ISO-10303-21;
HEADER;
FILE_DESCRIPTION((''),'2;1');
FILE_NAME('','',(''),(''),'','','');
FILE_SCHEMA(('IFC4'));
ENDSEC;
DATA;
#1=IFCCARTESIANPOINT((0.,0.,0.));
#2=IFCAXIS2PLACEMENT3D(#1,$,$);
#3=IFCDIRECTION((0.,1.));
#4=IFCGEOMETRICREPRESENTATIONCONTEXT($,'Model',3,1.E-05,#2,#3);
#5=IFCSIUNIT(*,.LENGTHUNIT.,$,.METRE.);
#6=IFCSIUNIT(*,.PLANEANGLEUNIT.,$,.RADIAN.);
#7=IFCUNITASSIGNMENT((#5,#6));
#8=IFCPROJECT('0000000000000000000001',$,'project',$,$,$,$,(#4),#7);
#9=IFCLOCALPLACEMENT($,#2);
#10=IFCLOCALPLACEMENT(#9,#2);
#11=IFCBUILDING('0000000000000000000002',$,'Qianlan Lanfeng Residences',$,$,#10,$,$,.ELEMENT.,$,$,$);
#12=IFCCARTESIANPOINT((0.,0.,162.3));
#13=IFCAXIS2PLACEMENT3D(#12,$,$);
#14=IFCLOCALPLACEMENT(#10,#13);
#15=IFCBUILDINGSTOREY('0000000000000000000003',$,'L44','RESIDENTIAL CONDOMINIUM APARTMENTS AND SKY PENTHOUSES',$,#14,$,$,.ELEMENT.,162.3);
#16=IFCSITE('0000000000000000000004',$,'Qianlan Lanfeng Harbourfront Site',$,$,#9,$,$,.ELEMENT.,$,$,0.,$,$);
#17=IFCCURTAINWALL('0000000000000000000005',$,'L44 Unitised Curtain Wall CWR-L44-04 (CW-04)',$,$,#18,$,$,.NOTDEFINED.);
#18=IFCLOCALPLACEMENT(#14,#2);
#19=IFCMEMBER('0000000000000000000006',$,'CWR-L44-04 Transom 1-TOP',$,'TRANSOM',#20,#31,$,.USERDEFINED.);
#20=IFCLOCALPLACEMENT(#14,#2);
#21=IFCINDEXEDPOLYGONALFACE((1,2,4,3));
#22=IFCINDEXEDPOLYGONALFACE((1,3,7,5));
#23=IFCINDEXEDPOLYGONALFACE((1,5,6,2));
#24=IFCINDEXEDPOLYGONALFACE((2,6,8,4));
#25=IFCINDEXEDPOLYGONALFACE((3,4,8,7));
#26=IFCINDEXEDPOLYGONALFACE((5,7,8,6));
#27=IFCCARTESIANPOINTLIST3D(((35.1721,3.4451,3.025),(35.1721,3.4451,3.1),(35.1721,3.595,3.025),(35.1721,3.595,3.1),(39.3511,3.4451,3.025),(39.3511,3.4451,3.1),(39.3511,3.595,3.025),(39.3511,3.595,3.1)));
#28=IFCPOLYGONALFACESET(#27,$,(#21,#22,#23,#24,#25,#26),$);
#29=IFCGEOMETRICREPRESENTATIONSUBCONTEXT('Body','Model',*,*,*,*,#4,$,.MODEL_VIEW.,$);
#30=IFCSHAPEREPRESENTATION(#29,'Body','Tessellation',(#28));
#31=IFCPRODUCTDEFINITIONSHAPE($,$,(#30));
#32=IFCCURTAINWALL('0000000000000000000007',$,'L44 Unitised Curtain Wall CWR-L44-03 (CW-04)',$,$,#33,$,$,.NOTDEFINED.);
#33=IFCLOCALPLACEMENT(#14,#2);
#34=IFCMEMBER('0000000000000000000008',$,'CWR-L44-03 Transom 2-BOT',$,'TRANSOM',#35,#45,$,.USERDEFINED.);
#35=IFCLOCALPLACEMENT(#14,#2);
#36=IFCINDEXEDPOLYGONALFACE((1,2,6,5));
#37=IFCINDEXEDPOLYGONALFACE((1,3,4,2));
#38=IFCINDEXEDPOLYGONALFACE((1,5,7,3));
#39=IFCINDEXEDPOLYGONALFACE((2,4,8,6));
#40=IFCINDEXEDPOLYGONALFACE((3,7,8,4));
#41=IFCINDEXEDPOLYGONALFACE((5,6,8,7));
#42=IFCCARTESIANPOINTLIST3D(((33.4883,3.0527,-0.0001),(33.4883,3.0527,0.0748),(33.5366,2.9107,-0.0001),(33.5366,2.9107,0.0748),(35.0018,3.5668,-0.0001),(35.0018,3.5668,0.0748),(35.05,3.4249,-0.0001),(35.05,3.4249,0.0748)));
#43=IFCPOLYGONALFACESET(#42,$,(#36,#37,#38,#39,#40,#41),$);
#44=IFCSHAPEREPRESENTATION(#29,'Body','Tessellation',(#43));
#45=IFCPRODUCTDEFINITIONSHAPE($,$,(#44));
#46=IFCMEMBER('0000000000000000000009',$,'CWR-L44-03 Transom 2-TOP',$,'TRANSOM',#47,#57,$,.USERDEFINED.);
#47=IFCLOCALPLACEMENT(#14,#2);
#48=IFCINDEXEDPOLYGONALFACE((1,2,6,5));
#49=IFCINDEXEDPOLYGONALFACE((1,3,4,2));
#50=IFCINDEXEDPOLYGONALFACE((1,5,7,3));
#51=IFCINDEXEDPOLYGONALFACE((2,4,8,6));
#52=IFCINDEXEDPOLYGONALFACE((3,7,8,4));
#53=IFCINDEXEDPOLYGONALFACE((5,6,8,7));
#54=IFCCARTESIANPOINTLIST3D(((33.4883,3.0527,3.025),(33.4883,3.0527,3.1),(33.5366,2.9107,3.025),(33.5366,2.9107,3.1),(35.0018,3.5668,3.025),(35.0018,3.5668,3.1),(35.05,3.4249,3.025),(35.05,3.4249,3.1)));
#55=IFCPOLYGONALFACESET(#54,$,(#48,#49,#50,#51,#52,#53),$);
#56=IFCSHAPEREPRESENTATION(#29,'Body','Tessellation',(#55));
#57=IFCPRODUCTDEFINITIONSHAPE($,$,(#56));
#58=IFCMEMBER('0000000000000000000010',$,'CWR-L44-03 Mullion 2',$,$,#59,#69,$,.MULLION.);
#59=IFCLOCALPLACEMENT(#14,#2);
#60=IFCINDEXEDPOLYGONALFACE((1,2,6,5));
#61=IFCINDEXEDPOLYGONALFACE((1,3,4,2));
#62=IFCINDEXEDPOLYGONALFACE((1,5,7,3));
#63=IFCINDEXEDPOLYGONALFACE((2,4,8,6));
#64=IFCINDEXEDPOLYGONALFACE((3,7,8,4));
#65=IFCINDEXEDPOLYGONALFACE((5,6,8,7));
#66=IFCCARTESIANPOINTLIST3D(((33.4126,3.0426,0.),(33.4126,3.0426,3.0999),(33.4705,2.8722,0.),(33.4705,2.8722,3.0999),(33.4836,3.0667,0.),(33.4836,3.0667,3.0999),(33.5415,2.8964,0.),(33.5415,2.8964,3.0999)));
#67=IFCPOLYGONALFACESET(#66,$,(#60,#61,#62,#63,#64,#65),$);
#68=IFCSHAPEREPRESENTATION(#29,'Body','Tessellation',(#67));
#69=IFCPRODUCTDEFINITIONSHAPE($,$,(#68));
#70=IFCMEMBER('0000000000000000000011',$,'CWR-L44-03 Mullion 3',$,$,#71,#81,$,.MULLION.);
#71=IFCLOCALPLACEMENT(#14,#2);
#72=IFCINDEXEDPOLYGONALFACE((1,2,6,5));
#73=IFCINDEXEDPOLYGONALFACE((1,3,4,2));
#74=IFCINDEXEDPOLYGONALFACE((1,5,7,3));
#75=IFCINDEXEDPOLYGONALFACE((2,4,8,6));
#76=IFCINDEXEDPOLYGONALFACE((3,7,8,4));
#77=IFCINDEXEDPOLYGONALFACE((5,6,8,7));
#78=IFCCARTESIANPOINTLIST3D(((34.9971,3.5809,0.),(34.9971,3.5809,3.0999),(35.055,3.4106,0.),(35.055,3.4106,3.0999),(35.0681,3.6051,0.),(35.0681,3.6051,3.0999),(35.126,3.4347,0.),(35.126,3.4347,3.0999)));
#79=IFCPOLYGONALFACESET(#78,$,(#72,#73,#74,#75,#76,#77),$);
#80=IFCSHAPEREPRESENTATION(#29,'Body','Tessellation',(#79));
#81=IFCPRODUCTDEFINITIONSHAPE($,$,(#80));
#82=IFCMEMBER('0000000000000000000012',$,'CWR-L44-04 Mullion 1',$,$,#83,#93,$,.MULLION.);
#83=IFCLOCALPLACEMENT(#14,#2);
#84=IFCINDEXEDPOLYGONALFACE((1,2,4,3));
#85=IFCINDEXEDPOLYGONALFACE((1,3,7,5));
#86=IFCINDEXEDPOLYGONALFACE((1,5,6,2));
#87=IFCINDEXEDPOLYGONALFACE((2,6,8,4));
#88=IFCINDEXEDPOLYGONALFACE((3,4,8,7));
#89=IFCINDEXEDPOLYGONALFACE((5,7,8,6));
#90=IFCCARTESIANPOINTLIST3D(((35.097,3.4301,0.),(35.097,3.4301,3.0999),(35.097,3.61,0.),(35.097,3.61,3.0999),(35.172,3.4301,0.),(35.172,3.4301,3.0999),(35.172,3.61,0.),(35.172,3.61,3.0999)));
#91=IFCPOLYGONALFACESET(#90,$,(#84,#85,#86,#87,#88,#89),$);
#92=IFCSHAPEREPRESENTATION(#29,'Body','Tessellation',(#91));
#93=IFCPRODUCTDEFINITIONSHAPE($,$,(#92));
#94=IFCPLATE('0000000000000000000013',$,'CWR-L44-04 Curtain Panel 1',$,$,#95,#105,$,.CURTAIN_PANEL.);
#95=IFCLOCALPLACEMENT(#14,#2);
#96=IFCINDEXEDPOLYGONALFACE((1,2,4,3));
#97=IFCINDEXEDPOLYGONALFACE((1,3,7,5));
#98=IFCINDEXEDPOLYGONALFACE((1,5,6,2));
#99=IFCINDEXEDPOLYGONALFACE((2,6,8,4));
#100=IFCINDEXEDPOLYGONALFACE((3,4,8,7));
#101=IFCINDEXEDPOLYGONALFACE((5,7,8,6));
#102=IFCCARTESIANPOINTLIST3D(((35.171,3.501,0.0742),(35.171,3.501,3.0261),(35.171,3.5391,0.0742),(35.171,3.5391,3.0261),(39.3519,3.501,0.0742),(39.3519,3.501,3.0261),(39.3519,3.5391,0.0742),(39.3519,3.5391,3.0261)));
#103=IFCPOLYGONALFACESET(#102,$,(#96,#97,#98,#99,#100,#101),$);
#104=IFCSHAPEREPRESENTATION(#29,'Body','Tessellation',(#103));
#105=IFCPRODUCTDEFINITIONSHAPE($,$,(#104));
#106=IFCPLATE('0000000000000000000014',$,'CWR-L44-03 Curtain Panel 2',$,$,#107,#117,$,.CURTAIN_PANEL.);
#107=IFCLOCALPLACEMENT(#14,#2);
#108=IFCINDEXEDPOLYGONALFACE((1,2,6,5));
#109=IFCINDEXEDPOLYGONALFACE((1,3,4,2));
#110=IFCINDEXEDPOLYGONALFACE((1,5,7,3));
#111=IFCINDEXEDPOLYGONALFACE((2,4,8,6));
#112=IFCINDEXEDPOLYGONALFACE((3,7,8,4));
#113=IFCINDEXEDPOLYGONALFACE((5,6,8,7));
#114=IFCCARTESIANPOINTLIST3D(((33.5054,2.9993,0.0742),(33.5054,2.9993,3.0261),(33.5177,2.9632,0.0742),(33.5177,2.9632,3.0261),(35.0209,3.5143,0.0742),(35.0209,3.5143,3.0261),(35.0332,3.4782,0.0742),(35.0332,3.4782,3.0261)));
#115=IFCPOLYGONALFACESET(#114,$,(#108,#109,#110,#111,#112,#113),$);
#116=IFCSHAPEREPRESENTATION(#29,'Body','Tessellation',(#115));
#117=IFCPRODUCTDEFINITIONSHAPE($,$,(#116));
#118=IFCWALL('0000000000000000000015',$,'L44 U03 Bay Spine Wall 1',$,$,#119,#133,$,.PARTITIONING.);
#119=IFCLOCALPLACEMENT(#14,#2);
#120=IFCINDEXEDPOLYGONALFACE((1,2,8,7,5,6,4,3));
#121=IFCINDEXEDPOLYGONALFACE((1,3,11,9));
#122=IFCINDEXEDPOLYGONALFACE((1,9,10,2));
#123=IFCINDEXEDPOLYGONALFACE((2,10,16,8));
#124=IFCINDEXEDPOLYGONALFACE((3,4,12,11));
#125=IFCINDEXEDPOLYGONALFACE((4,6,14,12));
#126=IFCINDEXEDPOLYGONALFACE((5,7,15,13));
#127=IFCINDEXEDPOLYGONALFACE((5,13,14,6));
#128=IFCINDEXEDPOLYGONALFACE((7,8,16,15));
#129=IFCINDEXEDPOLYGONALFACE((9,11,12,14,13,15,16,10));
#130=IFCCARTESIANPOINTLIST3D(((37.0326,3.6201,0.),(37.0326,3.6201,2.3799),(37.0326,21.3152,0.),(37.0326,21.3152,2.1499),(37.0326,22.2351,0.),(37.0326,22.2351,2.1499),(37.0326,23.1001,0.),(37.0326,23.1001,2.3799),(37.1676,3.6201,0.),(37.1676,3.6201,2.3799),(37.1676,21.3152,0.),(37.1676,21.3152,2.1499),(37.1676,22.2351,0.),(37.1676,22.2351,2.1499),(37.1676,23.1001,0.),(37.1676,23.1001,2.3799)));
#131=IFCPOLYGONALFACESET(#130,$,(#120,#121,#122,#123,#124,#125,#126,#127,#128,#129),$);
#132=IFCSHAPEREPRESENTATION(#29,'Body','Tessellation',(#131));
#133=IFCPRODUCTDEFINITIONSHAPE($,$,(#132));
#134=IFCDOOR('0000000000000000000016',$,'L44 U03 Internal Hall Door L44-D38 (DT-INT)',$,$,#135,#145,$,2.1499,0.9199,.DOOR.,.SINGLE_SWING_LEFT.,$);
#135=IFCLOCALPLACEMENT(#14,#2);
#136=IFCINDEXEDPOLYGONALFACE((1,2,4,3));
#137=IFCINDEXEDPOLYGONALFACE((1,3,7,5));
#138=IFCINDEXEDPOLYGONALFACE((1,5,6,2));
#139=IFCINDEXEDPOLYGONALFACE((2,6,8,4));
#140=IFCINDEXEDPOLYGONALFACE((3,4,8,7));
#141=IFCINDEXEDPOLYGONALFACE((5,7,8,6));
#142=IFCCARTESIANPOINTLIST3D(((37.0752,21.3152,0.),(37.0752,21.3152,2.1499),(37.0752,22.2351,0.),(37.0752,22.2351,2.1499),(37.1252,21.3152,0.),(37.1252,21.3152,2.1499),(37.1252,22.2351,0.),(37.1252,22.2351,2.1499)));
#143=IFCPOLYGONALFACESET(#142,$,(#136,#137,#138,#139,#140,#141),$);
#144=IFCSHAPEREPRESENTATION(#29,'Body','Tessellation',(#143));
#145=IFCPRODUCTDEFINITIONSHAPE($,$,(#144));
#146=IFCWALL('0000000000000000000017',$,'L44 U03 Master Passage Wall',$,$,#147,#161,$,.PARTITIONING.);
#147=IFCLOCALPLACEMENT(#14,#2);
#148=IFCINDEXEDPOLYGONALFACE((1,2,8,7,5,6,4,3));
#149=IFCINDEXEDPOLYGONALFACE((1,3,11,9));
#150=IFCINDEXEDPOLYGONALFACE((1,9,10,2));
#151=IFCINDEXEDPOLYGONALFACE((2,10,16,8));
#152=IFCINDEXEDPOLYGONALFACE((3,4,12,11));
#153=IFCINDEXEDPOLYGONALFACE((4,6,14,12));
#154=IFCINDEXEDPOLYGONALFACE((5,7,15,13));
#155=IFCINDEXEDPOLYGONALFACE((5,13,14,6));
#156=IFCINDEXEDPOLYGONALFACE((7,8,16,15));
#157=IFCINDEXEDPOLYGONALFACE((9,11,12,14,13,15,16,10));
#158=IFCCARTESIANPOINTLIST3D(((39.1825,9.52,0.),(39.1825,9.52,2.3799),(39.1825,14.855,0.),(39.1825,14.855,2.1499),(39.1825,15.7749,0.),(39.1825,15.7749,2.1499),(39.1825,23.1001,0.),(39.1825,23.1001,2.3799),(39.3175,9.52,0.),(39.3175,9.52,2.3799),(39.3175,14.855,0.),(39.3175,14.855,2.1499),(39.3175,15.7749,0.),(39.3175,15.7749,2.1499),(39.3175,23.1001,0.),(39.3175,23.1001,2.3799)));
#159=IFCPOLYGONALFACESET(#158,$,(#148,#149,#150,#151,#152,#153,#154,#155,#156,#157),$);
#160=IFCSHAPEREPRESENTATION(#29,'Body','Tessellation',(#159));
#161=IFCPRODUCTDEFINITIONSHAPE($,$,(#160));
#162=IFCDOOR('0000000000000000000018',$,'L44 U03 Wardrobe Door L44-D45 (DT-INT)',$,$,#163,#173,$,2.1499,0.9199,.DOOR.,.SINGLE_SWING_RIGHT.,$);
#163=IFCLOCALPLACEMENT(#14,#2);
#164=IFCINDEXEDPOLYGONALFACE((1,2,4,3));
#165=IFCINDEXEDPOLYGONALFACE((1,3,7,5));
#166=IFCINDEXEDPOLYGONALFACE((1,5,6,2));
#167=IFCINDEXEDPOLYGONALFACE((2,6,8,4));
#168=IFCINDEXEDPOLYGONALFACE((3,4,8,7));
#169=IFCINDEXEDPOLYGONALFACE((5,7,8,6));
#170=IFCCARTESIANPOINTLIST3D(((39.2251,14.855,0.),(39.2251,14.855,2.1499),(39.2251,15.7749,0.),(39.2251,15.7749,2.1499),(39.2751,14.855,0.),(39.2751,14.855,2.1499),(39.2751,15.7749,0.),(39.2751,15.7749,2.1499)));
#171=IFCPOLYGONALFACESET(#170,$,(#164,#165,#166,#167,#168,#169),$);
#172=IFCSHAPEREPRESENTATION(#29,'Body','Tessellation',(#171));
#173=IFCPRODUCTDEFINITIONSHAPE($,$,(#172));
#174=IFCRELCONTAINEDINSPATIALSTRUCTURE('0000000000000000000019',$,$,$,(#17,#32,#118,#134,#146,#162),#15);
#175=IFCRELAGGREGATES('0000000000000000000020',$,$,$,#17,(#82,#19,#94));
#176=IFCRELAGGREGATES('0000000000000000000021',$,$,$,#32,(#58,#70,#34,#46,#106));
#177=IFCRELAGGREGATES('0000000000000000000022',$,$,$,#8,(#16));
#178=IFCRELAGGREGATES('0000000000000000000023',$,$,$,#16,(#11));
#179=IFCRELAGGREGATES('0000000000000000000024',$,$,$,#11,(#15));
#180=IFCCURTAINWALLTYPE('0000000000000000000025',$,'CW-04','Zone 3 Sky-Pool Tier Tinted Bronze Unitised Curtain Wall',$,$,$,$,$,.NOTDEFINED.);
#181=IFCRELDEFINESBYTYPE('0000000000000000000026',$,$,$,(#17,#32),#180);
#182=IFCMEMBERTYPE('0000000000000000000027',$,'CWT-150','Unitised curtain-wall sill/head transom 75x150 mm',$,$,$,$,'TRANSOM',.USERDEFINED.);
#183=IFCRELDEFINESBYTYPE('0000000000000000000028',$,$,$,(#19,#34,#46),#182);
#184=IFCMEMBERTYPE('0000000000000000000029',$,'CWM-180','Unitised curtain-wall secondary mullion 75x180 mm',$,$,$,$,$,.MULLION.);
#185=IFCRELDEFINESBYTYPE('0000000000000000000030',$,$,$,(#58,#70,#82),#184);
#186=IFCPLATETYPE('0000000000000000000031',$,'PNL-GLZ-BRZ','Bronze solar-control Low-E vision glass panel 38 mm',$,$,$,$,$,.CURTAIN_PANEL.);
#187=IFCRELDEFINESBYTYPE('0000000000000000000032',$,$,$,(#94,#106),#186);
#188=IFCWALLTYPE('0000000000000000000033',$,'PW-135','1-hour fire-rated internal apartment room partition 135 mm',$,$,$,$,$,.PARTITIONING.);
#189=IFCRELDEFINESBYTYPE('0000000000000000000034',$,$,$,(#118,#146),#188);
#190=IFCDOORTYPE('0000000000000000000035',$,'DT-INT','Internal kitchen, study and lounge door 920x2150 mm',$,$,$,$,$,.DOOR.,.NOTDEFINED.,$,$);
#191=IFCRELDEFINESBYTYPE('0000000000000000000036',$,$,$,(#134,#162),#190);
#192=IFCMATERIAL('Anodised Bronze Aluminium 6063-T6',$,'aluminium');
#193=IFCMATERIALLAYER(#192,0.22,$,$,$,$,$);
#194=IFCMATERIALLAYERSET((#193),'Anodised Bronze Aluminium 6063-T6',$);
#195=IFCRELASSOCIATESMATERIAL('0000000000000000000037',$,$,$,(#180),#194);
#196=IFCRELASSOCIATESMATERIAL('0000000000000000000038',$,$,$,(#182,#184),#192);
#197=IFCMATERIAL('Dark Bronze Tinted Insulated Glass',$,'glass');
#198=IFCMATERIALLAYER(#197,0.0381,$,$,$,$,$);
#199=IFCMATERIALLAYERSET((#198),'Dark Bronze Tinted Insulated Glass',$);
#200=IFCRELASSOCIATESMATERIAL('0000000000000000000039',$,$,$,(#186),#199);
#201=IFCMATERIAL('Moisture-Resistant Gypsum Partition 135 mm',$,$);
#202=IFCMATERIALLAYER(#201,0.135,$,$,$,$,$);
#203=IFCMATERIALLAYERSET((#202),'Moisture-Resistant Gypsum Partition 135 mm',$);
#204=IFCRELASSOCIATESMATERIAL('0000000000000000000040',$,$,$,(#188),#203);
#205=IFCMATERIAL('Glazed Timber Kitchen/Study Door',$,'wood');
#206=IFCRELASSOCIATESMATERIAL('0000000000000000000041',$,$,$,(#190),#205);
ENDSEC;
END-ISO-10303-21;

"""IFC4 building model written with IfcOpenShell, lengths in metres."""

from ifc_helpers import new_model, si_unit, direction, frame, frame_2d, origin, origin_2d, place, context, subcontext, project, spatial, rectangle, extrude, source, transform, mapped, material, layer, layer_set, material_profile, profile_set, type_object, element, fill, aggregate, save


model = new_model("IFC4")

# Units and contexts
model_context = context("Model", 3, precision=1e-05, world=origin(), true_north=direction((0.0, 1.0)))
body_context = subcontext(model_context, "Body", "Model", "MODEL_VIEW")
ifc_project = project(units=[si_unit("LENGTHUNIT", "METRE"), si_unit("PLANEANGLEUNIT", "RADIAN")], contexts=[model_context])

# Site, building, storey
site_placement = place(None, origin())
site = spatial("IfcSite", under=ifc_project, at=site_placement, Name="Qianlan Lanfeng Harbourfront Site", CompositionType="ELEMENT", RefElevation=0.0)
building_placement = place(site_placement, origin())
building = spatial("IfcBuilding", under=site, at=building_placement, Name="Qianlan Lanfeng Residences", CompositionType="ELEMENT")
storey_placement = place(building_placement, frame((0.0, 0.0, 162.3)))
storey = spatial("IfcBuildingStorey", under=building, at=storey_placement, Name="L44", Description="RESIDENTIAL CONDOMINIUM APARTMENTS AND SKY PENTHOUSES", CompositionType="ELEMENT", Elevation=162.3)

# Curtain walls, members
ifc_material_1 = material(Name="Anodised Bronze Aluminium 6063-T6", Category="aluminium")
ifc_layer_1 = layer(ifc_material_1, 0.22)
ifc_layer_set_1 = layer_set([ifc_layer_1], Name="Anodised Bronze Aluminium 6063-T6")
curtain_wall_type = type_object("IfcCurtainWallType", Name="CW-04", Description="Zone 3 Sky-Pool Tier Tinted Bronze Unitised Curtain Wall", PredefinedType="NOTDEFINED", material=ifc_layer_set_1)
curtain_wall_1_placement = place(storey_placement, origin())
curtain_wall_1 = element("IfcCurtainWall", 1, at=curtain_wall_1_placement, inside=storey, type_object=curtain_wall_type, Name="L44 Unitised Curtain Wall CWR-L44-04 (CW-04)", PredefinedType="NOTDEFINED")
ifc_material_profile_1 = material_profile(ifc_material_1, rectangle(XDim=0.075, YDim=0.1499, at=origin_2d()), Name="ALU TRANSOM 75x150")
ifc_profile_set_1 = profile_set([ifc_material_profile_1], Name="Anodised Bronze Aluminium 6063-T6")
member_type_1 = type_object("IfcMemberType", Name="CWT-150", Description="Unitised curtain-wall sill/head transom 75x150 mm", ElementType="TRANSOM", PredefinedType="USERDEFINED", material=ifc_profile_set_1)
shared_shape_1 = source(origin(), body_context, "Body", "SweptSolid", [
    extrude(rectangle(XDim=0.075, YDim=0.1499, at=origin_2d()), origin(), (0.0, 0.0, 1.0), 4.179),
])
member_1_placement = place(storey_placement, frame((35.1721, 3.52, 3.0625), z_axis=(1.0, 0.0, 0.0), x_axis=(0.0, 0.0, 1.0)))
member_1 = element("IfcMember", 2, at=member_1_placement, type_object=member_type_1, Name="CWR-L44-04 Transom 1-TOP", ObjectType="TRANSOM", PredefinedType="USERDEFINED", context=body_context, shape_type="MappedRepresentation", body=[
    mapped(shared_shape_1, transform((0.0, 0.0, 0.0), scale=1.0)),
])
curtain_wall_2_placement = place(storey_placement, origin())
curtain_wall_2 = element("IfcCurtainWall", 3, at=curtain_wall_2_placement, inside=storey, type_object=curtain_wall_type, Name="L44 Unitised Curtain Wall CWR-L44-03 (CW-04)", PredefinedType="NOTDEFINED")
shared_shape_2 = source(origin(), body_context, "Body", "SweptSolid", [
    extrude(rectangle(XDim=0.075, YDim=0.1499, at=origin_2d()), origin(), (0.0, 0.0, 1.0), 1.5984),
])
member_2_placement = place(storey_placement, frame((33.5125, 2.9817, 0.0374), z_axis=(0.94685, 0.321675, 0.0), x_axis=(0.0, 0.0, 1.0)))
member_2 = element("IfcMember", 4, at=member_2_placement, type_object=member_type_1, Name="CWR-L44-03 Transom 2-BOT", ObjectType="TRANSOM", PredefinedType="USERDEFINED", context=body_context, shape_type="MappedRepresentation", body=[
    mapped(shared_shape_2, transform((0.0, 0.0, 0.0), scale=1.0)),
])
member_3_placement = place(storey_placement, frame((33.5125, 2.9817, 3.0625), z_axis=(0.94685, 0.321675, 0.0), x_axis=(0.0, 0.0, 1.0)))
member_3 = element("IfcMember", 5, at=member_3_placement, type_object=member_type_1, Name="CWR-L44-03 Transom 2-TOP", ObjectType="TRANSOM", PredefinedType="USERDEFINED", context=body_context, shape_type="MappedRepresentation", body=[
    mapped(shared_shape_2, transform((0.0, 0.0, 0.0), scale=1.0)),
])
ifc_material_profile_2 = material_profile(ifc_material_1, rectangle(XDim=0.075, YDim=0.1799, at=origin_2d()), Name="ALU MULLION 75x180")
ifc_profile_set_2 = profile_set([ifc_material_profile_2], Name="Anodised Bronze Aluminium 6063-T6")
member_type_2 = type_object("IfcMemberType", Name="CWM-180", Description="Unitised curtain-wall secondary mullion 75x180 mm", PredefinedType="MULLION", material=ifc_profile_set_2)
shared_shape_3 = source(origin(), body_context, "Body", "SweptSolid", [
    extrude(rectangle(XDim=0.075, YDim=0.1799, at=origin_2d()), origin(), (0.0, 0.0, 1.0), 3.0999),
])
member_4_placement = place(storey_placement, frame((33.4771, 2.9695, 0.0), z_axis=(0.0, 0.0, 1.0), x_axis=(0.946826, 0.321745, 0.0)))
member_4 = element("IfcMember", 6, at=member_4_placement, type_object=member_type_2, Name="CWR-L44-03 Mullion 2", PredefinedType="MULLION", context=body_context, shape_type="MappedRepresentation", body=[
    mapped(shared_shape_3, transform((0.0, 0.0, 0.0), scale=1.0)),
])
member_5_placement = place(storey_placement, frame((35.0615, 3.5078, 0.0), z_axis=(0.0, 0.0, 1.0), x_axis=(0.946826, 0.321745, 0.0)))
member_5 = element("IfcMember", 7, at=member_5_placement, type_object=member_type_2, Name="CWR-L44-03 Mullion 3", PredefinedType="MULLION", context=body_context, shape_type="MappedRepresentation", body=[
    mapped(shared_shape_3, transform((0.0, 0.0, 0.0), scale=1.0)),
])

# Member
member_6_placement = place(storey_placement, frame((35.1345, 3.52, 0.0), z_axis=(0.0, 0.0, 1.0), x_axis=(1.0, 0.0, 0.0)))
member_6 = element("IfcMember", 8, at=member_6_placement, type_object=member_type_2, Name="CWR-L44-04 Mullion 1", PredefinedType="MULLION", context=body_context, shape_type="MappedRepresentation", body=[
    mapped(shared_shape_3, transform((0.0, 0.0, 0.0), scale=1.0)),
])

# Plates
ifc_material_2 = material(Name="Dark Bronze Tinted Insulated Glass", Category="glass")
ifc_layer_2 = layer(ifc_material_2, 0.0381)
ifc_layer_set_2 = layer_set([ifc_layer_2], Name="Dark Bronze Tinted Insulated Glass")
plate_type = type_object("IfcPlateType", Name="PNL-GLZ-BRZ", Description="Bronze solar-control Low-E vision glass panel 38 mm", PredefinedType="CURTAIN_PANEL", material=ifc_layer_set_2)
shared_shape_4 = source(origin(), body_context, "Body", "SweptSolid", [
    extrude(rectangle(XDim=4.1809, YDim=0.0381, at=origin_2d()), origin(), (0.0, 0.0, 1.0), 2.9519),
])
plate_1_placement = place(storey_placement, frame((37.2615, 3.52, 0.0742), z_axis=(0.0, 0.0, 1.0), x_axis=(1.0, 0.0, 0.0)))
plate_1 = element("IfcPlate", 9, at=plate_1_placement, type_object=plate_type, Name="CWR-L44-04 Curtain Panel 1", PredefinedType="CURTAIN_PANEL", context=body_context, shape_type="MappedRepresentation", body=[
    mapped(shared_shape_4, transform((0.0, 0.0, 0.0), scale=1.0)),
])
aggregate(curtain_wall_1, [member_6, member_1, plate_1])
shared_shape_5 = source(origin(), body_context, "Body", "SweptSolid", [
    extrude(rectangle(XDim=1.6006, YDim=0.0381, at=origin_2d()), origin(), (0.0, 0.0, 1.0), 2.9519),
])
plate_2_placement = place(storey_placement, frame((34.2693, 3.2388, 0.0742), z_axis=(0.0, 0.0, 1.0), x_axis=(0.946826, 0.321745, 0.0)))
plate_2 = element("IfcPlate", 10, at=plate_2_placement, type_object=plate_type, Name="CWR-L44-03 Curtain Panel 2", PredefinedType="CURTAIN_PANEL", context=body_context, shape_type="MappedRepresentation", body=[
    mapped(shared_shape_5, transform((0.0, 0.0, 0.0), scale=1.0)),
])
aggregate(curtain_wall_2, [member_4, member_5, member_2, member_3, plate_2])

# Wall, opening, door
ifc_material_3 = material(Name="Moisture-Resistant Gypsum Partition 135 mm")
ifc_layer_3 = layer(ifc_material_3, 0.135)
ifc_layer_set_3 = layer_set([ifc_layer_3], Name="Moisture-Resistant Gypsum Partition 135 mm")
wall_type = type_object("IfcWallType", Name="PW-135", Description="1-hour fire-rated internal apartment room partition 135 mm", PredefinedType="PARTITIONING", material=ifc_layer_set_3)
wall_1_placement = place(storey_placement, frame((37.1001, 3.6201, 0.0), z_axis=(0.0, 0.0, 1.0), x_axis=(0.0, 1.0, 0.0)))
wall_1 = element("IfcWall", 11, at=wall_1_placement, inside=storey, type_object=wall_type, Name="L44 U03 Bay Spine Wall 1", PredefinedType="PARTITIONING", context=body_context, shape_type="SweptSolid", body=[
    extrude(rectangle(XDim=19.48, YDim=0.135, at=frame_2d((9.74, 0.0))), origin(), (0.0, 0.0, 1.0), 2.3799),
])
opening_1_placement = place(wall_1_placement, frame((17.6951, 0.0, 0.0)))
opening_1 = element("IfcOpeningElement", 12, at=opening_1_placement, cuts=wall_1, PredefinedType="OPENING", context=body_context, shape_type="SweptSolid", body=[
    extrude(rectangle(XDim=0.9199, YDim=2.1499, at=frame_2d((0.46, 1.075))), frame((0.0, 0.0776, 0.0), z_axis=(0.0, -1.0, 0.0), x_axis=(1.0, 0.0, 0.0)), (0.0, 0.0, 1.0), 0.155),
])
ifc_material_4 = material(Name="Glazed Timber Kitchen/Study Door", Category="wood")
door_type_1 = type_object("IfcDoorType", Name="DT-INT", Description="Internal kitchen, study and lounge door 920x2150 mm", OperationType="NOTDEFINED", PredefinedType="DOOR", material=ifc_material_4)
door_1_placement = place(opening_1_placement, origin())
door_1 = element("IfcDoor", 13, at=door_1_placement, inside=storey, type_object=door_type_1, Name="L44 U03 Internal Hall Door L44-D38 (DT-INT)", OperationType="SINGLE_SWING_LEFT", OverallHeight=2.1499, OverallWidth=0.9199, PredefinedType="DOOR", context=body_context, shape_type="SweptSolid", body=[
    extrude(rectangle(XDim=0.9199, YDim=2.1499, at=frame_2d((0.46, 1.075))), frame((0.0, 0.0249, 0.0), z_axis=(0.0, -1.0, 0.0), x_axis=(1.0, 0.0, 0.0)), (0.0, 0.0, 1.0), 0.05),
])
fill(opening_1, door_1)

# Wall, opening, door
wall_2_placement = place(storey_placement, frame((39.25, 9.52, 0.0), z_axis=(0.0, 0.0, 1.0), x_axis=(0.0, 1.0, 0.0)))
wall_2 = element("IfcWall", 14, at=wall_2_placement, inside=storey, type_object=wall_type, Name="L44 U03 Master Passage Wall", PredefinedType="PARTITIONING", context=body_context, shape_type="SweptSolid", body=[
    extrude(rectangle(XDim=13.5801, YDim=0.135, at=frame_2d((6.79, 0.0))), origin(), (0.0, 0.0, 1.0), 2.3799),
])
opening_2_placement = place(wall_2_placement, frame((5.335, 0.0, 0.0)))
opening_2 = element("IfcOpeningElement", 15, at=opening_2_placement, cuts=wall_2, PredefinedType="OPENING", context=body_context, shape_type="SweptSolid", body=[
    extrude(rectangle(XDim=0.9199, YDim=2.1499, at=frame_2d((0.46, 1.075))), frame((0.0, 0.0776, 0.0), z_axis=(0.0, -1.0, 0.0), x_axis=(1.0, 0.0, 0.0)), (0.0, 0.0, 1.0), 0.155),
])
door_2_placement = place(opening_2_placement, origin())
door_2 = element("IfcDoor", 16, at=door_2_placement, inside=storey, type_object=door_type_1, Name="L44 U03 Wardrobe Door L44-D45 (DT-INT)", OperationType="SINGLE_SWING_RIGHT", OverallHeight=2.1499, OverallWidth=0.9199, PredefinedType="DOOR", context=body_context, shape_type="SweptSolid", body=[
    extrude(rectangle(XDim=0.9199, YDim=2.1499, at=frame_2d((0.46, 1.075))), frame((0.0, 0.0249, 0.0), z_axis=(0.0, -1.0, 0.0), x_axis=(1.0, 0.0, 0.0)), (0.0, 0.0, 1.0), 0.05),
])
fill(opening_2, door_2)

save(model, "model.ifc")
